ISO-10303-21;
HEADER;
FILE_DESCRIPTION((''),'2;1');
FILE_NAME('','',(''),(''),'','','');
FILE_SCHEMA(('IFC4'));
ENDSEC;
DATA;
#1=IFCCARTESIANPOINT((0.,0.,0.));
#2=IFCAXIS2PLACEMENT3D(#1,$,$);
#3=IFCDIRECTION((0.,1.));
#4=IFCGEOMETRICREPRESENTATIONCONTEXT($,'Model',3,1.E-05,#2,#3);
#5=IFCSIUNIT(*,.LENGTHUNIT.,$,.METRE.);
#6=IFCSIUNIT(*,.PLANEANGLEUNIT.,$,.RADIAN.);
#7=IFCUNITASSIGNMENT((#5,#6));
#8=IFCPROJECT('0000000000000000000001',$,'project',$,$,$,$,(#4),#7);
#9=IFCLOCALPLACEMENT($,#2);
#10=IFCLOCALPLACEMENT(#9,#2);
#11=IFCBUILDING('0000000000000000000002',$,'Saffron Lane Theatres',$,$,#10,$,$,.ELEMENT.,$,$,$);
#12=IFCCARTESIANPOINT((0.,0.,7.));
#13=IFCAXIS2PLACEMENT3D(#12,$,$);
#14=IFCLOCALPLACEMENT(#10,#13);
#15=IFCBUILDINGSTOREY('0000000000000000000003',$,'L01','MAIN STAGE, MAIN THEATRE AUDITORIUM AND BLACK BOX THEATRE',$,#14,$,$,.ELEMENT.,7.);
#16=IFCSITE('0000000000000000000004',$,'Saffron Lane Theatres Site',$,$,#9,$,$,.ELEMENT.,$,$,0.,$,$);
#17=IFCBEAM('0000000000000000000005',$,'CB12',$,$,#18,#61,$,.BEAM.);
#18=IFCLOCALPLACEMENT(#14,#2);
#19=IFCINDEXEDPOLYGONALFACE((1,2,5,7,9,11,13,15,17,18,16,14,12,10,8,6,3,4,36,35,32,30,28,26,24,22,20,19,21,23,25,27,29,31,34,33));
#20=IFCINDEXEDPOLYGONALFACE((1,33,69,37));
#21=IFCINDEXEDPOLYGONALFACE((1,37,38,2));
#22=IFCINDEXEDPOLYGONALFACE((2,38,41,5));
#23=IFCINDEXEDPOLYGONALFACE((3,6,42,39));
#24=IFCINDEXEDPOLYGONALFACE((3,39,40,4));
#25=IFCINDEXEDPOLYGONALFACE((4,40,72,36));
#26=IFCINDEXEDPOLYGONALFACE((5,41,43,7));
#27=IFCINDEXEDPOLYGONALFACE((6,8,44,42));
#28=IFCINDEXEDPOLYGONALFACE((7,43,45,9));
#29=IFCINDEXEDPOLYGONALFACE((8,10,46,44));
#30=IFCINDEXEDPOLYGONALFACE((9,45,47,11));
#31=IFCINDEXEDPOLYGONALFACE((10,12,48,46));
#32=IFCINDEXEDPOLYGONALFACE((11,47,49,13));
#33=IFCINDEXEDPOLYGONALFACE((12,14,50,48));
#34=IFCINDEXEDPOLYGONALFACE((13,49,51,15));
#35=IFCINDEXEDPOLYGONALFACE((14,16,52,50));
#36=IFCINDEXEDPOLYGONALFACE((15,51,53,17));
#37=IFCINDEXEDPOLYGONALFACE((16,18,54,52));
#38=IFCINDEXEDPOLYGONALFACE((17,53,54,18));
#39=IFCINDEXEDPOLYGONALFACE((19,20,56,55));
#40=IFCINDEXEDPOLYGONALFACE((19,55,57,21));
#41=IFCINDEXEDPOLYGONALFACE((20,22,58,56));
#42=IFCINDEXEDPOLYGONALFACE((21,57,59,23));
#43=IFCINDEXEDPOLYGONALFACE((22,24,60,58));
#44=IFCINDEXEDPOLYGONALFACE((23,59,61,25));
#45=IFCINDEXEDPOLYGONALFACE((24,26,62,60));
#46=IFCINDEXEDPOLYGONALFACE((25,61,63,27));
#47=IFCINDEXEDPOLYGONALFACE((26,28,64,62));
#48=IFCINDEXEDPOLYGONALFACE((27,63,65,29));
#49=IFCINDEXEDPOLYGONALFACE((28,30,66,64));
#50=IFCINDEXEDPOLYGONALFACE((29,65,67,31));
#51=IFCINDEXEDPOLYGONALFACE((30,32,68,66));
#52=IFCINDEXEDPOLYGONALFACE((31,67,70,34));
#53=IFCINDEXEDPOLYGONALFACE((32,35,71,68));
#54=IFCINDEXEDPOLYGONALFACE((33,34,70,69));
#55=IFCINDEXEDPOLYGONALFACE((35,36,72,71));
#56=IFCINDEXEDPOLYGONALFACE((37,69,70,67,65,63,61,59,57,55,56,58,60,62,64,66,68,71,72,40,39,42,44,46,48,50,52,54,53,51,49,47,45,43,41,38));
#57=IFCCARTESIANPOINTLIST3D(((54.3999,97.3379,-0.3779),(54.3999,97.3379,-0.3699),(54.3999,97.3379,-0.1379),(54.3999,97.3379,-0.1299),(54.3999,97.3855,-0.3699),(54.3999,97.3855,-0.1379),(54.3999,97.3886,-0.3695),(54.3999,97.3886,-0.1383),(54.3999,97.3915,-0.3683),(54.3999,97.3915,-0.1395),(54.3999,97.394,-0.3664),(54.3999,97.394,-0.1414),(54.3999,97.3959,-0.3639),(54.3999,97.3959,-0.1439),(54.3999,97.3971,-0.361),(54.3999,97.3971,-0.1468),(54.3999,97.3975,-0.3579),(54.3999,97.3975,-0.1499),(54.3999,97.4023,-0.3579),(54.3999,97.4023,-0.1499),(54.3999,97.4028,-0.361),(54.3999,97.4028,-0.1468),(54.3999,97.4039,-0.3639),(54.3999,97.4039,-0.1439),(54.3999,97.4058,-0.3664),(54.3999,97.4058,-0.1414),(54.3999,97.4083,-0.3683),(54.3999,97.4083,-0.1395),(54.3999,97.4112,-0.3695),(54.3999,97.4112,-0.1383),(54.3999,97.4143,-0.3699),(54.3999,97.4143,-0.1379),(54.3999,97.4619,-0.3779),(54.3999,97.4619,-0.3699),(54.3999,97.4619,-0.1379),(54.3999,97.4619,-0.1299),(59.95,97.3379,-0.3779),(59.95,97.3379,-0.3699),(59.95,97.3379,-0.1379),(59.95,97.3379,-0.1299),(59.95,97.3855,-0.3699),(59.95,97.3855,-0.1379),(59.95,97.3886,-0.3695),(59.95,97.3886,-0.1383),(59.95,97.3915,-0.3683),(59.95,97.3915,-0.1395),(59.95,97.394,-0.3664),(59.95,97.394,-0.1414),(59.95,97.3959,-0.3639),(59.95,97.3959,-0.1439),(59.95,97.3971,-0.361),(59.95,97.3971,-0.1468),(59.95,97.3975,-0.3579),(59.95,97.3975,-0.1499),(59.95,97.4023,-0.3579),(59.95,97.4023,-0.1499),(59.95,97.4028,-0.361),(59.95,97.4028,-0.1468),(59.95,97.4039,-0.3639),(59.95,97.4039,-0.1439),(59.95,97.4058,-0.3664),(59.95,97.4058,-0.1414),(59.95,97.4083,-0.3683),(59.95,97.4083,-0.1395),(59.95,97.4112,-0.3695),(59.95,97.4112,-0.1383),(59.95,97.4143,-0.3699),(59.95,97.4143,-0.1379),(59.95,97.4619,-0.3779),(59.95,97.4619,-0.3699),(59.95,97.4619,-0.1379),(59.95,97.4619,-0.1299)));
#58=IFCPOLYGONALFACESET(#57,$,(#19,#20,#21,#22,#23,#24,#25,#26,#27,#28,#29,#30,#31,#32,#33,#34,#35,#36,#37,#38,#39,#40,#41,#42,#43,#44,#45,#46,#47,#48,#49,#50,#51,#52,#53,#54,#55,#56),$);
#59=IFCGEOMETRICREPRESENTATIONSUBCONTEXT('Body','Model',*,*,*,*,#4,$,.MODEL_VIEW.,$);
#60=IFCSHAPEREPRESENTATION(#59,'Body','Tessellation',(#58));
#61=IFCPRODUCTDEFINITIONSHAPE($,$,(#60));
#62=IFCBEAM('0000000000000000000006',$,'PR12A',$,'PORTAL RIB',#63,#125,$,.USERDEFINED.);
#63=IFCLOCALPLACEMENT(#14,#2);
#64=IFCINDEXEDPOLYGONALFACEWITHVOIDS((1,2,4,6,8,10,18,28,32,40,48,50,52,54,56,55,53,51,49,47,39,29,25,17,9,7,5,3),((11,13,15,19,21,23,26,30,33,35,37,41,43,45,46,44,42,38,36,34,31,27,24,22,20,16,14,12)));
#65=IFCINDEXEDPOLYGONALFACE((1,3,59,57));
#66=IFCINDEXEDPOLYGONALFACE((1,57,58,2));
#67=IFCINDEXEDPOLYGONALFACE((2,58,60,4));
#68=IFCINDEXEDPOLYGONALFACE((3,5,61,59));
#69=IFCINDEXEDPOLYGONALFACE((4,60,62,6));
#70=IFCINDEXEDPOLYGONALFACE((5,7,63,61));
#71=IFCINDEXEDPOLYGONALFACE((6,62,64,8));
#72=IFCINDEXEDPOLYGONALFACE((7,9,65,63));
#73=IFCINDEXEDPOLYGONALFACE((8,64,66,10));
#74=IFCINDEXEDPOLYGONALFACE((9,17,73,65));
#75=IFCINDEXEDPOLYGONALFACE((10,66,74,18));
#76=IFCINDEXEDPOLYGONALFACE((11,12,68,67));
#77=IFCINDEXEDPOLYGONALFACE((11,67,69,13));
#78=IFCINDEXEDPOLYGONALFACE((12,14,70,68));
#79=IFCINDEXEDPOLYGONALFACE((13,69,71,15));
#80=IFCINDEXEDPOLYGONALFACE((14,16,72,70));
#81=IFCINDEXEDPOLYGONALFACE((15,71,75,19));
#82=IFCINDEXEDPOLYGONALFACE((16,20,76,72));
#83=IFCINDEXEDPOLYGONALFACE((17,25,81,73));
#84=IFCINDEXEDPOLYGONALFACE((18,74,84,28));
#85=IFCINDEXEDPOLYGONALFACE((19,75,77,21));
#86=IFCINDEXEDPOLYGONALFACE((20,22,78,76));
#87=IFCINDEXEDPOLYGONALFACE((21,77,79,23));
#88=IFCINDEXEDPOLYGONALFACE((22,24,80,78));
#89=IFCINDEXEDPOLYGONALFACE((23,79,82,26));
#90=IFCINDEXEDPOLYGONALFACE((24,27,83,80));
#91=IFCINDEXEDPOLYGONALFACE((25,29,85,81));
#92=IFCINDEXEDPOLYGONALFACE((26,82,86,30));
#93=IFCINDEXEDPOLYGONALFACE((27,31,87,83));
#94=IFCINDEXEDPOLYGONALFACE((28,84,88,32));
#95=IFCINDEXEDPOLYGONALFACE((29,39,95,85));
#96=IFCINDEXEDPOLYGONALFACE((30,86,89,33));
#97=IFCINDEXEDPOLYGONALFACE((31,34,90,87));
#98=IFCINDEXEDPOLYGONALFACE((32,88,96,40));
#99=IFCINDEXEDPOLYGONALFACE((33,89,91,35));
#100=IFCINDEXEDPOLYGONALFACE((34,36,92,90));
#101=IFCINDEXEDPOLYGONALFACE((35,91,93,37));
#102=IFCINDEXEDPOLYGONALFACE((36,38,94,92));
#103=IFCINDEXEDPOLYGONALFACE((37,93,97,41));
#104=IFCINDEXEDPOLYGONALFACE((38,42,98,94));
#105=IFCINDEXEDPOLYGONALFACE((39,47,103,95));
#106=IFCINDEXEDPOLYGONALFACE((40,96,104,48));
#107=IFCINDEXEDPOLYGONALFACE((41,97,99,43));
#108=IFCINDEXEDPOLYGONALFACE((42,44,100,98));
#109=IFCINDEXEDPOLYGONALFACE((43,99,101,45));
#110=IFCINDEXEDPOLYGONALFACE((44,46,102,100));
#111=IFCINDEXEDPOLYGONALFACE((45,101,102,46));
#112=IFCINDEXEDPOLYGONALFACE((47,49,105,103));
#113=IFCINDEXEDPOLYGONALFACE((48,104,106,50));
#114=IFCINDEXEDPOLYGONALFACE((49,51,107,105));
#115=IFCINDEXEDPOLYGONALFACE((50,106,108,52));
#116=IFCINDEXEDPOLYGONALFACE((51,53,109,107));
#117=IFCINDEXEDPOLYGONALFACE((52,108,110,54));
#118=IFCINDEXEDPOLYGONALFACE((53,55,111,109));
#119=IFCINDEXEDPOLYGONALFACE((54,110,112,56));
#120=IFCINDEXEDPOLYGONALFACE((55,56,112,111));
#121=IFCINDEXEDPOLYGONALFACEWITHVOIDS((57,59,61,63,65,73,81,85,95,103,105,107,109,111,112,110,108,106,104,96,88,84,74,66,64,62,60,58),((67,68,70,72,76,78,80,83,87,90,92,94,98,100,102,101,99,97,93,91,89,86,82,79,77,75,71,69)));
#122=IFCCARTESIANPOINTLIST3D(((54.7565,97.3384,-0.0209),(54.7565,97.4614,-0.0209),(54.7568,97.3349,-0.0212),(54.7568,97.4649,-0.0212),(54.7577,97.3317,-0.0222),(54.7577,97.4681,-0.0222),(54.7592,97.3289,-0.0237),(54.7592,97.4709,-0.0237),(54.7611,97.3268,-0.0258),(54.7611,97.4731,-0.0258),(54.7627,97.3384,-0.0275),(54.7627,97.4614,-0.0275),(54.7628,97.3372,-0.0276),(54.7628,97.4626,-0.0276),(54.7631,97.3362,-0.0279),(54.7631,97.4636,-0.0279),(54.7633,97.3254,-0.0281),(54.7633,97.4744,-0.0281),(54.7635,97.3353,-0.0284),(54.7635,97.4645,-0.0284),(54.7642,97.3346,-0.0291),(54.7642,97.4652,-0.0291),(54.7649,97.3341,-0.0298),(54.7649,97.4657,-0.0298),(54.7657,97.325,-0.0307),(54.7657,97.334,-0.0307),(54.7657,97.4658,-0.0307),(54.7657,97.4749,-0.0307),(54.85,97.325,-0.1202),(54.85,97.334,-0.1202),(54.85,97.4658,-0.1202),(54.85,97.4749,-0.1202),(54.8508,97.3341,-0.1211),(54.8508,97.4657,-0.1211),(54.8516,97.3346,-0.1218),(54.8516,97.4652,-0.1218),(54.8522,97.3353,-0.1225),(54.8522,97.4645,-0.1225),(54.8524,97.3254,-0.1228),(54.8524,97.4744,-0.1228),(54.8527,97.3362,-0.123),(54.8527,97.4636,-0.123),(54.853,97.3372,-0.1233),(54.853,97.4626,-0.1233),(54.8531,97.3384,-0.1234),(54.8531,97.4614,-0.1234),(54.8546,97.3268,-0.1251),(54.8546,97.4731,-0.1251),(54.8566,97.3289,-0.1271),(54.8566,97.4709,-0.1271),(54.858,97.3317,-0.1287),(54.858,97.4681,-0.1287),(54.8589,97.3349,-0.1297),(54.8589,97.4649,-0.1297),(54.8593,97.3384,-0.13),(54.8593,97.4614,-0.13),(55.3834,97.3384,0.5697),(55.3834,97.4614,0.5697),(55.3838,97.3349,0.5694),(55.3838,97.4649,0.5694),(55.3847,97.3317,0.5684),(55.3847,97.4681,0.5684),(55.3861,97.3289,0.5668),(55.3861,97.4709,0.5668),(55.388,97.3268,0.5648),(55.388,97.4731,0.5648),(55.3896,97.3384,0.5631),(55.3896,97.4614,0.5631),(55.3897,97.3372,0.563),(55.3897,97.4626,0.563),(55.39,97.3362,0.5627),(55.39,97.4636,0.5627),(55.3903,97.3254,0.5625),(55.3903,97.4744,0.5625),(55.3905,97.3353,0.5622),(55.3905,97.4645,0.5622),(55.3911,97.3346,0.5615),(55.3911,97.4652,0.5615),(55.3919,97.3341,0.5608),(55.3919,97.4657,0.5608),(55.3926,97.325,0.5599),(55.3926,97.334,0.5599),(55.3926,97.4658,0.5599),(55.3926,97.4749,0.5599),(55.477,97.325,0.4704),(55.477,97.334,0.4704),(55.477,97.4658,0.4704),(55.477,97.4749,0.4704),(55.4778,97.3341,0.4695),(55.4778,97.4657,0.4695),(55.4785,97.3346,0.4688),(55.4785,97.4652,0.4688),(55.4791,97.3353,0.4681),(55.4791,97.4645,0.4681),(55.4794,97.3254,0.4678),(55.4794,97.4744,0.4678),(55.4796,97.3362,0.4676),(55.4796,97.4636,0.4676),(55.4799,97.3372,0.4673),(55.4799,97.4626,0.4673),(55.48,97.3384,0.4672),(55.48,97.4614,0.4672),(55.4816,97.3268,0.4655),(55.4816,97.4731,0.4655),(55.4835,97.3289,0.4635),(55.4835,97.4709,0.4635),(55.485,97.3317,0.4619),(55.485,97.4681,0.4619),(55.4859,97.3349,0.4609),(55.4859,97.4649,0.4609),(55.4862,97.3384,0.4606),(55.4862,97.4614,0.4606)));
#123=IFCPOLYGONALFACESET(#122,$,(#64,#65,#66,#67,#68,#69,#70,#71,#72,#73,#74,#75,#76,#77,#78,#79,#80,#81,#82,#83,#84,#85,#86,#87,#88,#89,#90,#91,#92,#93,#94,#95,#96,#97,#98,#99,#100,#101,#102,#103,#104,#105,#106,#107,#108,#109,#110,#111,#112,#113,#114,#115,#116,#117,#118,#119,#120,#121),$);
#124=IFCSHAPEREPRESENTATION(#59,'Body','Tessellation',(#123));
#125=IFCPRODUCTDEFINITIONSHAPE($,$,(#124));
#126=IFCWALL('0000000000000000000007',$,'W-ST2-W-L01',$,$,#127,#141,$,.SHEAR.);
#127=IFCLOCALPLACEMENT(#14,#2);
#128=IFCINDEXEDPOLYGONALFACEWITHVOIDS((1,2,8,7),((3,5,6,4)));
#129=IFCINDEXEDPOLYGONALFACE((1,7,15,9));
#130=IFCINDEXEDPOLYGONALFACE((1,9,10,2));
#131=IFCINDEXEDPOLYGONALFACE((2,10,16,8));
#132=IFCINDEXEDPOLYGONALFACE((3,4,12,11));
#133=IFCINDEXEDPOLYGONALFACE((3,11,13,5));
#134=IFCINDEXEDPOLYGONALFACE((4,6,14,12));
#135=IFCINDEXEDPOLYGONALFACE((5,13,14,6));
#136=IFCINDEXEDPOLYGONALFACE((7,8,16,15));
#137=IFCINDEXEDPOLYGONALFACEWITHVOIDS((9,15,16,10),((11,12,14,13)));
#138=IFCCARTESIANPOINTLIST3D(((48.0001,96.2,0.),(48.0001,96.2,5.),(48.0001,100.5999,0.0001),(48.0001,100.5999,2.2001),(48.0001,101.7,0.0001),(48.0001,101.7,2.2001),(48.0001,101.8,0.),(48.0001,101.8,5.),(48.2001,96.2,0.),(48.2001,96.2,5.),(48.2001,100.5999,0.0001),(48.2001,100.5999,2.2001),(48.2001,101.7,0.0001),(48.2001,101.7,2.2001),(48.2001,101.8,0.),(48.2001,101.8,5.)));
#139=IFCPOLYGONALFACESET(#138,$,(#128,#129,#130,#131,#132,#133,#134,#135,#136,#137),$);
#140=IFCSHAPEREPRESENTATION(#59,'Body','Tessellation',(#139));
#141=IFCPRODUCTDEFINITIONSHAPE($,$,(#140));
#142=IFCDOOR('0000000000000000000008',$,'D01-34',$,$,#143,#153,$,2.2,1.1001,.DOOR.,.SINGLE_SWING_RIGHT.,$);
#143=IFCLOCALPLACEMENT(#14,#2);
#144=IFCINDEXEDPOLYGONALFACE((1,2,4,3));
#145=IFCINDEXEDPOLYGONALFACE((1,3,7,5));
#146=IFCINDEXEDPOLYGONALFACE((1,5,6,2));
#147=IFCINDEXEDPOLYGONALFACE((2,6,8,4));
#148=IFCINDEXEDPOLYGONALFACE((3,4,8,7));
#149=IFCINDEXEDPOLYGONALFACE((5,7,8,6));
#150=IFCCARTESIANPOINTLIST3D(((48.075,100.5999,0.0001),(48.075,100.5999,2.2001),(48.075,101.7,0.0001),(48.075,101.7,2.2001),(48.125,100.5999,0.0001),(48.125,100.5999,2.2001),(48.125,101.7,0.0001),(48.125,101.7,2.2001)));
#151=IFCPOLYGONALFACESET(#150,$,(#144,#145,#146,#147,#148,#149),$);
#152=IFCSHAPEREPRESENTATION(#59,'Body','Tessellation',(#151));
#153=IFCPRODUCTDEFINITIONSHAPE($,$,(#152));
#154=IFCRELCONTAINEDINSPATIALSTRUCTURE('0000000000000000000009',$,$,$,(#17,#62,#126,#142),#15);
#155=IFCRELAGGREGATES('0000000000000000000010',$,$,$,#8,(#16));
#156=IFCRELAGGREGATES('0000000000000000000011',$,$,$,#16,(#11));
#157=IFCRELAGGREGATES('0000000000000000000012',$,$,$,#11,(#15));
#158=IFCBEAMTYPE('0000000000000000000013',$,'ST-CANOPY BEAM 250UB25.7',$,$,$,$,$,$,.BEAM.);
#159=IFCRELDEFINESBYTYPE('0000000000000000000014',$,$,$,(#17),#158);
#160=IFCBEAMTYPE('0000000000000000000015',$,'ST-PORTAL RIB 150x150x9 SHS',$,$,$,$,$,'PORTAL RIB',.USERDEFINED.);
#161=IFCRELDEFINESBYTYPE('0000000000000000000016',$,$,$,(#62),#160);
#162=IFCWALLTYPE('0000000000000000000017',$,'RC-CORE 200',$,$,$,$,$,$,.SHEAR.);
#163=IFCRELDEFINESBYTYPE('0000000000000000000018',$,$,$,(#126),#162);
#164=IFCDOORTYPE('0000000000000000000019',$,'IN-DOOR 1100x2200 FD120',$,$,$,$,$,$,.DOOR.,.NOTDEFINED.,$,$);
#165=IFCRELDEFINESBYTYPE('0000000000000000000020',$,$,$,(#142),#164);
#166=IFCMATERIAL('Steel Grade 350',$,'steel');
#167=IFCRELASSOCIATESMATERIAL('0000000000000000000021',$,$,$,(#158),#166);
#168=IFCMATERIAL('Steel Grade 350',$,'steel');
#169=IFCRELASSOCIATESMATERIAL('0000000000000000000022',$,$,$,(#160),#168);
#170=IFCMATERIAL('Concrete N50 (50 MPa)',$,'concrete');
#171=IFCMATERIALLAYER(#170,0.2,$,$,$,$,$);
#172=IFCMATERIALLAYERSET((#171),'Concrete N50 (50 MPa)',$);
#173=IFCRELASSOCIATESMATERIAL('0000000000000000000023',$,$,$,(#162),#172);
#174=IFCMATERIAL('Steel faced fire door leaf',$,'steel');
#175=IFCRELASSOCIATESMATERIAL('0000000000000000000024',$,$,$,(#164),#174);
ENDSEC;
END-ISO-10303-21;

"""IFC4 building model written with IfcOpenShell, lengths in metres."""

from ifc_helpers import new_model, si_unit, direction, frame, frame_2d, origin, origin_2d, place, context, subcontext, project, spatial, rectangle, hollow_rectangle, i_section, extrude, material, layer, layer_set, material_profile, profile_set, type_object, element, fill, save


model = new_model("IFC4")

# Units and contexts
model_context = context("Model", 3, precision=1e-05, world=origin(), true_north=direction((0.0, 1.0)))
body_context = subcontext(model_context, "Body", "Model", "MODEL_VIEW")
ifc_project = project(units=[si_unit("LENGTHUNIT", "METRE"), si_unit("PLANEANGLEUNIT", "RADIAN")], contexts=[model_context])

# Site, building, storey
site_placement = place(None, origin())
site = spatial("IfcSite", under=ifc_project, at=site_placement, Name="Saffron Lane Theatres Site", CompositionType="ELEMENT", RefElevation=0.0)
building_placement = place(site_placement, origin())
building = spatial("IfcBuilding", under=site, at=building_placement, Name="Saffron Lane Theatres", CompositionType="ELEMENT")
storey_placement = place(building_placement, frame((0.0, 0.0, 7.0)))
storey = spatial("IfcBuildingStorey", under=building, at=storey_placement, Name="L01", Description="MAIN STAGE, MAIN THEATRE AUDITORIUM AND BLACK BOX THEATRE", CompositionType="ELEMENT", Elevation=7.0)

# Beams
ifc_material_1 = material(Name="Steel Grade 350", Category="steel")
ifc_material_profile_1 = material_profile(ifc_material_1, i_section(OverallWidth=0.124, OverallDepth=0.248, WebThickness=0.0049, FlangeThickness=0.0081, FilletRadius=0.012, at=origin_2d()))
ifc_profile_set_1 = profile_set([ifc_material_profile_1], Name="Steel Grade 350")
beam_type_1 = type_object("IfcBeamType", Name="ST-CANOPY BEAM 250UB25.7", PredefinedType="BEAM", material=ifc_profile_set_1)
beam_1_placement = place(storey_placement, frame((54.3999, 97.3999, -0.2539), z_axis=(1.0, 0.0, 0.0), x_axis=(0.0, 1.0, 0.0)))
element("IfcBeam", 1, at=beam_1_placement, inside=storey, type_object=beam_type_1, Name="CB12", PredefinedType="BEAM", context=body_context, shape_type="SweptSolid", body=[
    extrude(i_section(OverallWidth=0.124, OverallDepth=0.248, WebThickness=0.0049, FlangeThickness=0.0081, FilletRadius=0.012, at=origin_2d()), origin(), (0.0, 0.0, 1.0), 5.55),
])
ifc_material_2 = material(Name="Steel Grade 350", Category="steel")
ifc_material_profile_2 = material_profile(ifc_material_2, hollow_rectangle(XDim=0.1499, YDim=0.1499, WallThickness=0.009, InnerFilletRadius=0.0044, OuterFilletRadius=0.0134, at=origin_2d()))
ifc_profile_set_2 = profile_set([ifc_material_profile_2], Name="Steel Grade 350")
beam_type_2 = type_object("IfcBeamType", Name="ST-PORTAL RIB 150x150x9 SHS", ElementType="PORTAL RIB", PredefinedType="USERDEFINED", material=ifc_profile_set_2)
beam_2_placement = place(storey_placement, frame((54.8079, 97.3999, -0.0754), z_axis=(0.727909, 0.0, 0.685674), x_axis=(0.0, 1.0, 0.0)))
element("IfcBeam", 2, at=beam_2_placement, inside=storey, type_object=beam_type_2, Name="PR12A", ObjectType="PORTAL RIB", PredefinedType="USERDEFINED", context=body_context, shape_type="SweptSolid", body=[
    extrude(hollow_rectangle(XDim=0.1499, YDim=0.1499, WallThickness=0.009, InnerFilletRadius=0.0044, OuterFilletRadius=0.0134, at=origin_2d()), origin(), (0.0, 0.0, 1.0), 0.8613),
])

# Wall, opening, door
ifc_material_3 = material(Name="Concrete N50 (50 MPa)", Category="concrete")
ifc_layer_1 = layer(ifc_material_3, 0.2)
ifc_layer_set_1 = layer_set([ifc_layer_1], Name="Concrete N50 (50 MPa)")
wall_type_1 = type_object("IfcWallType", Name="RC-CORE 200", PredefinedType="SHEAR", material=ifc_layer_set_1)
wall_1_placement = place(storey_placement, frame((48.1001, 96.2, 0.0), z_axis=(0.0, 0.0, 1.0), x_axis=(0.0, 1.0, 0.0)))
wall_1 = element("IfcWall", 3, at=wall_1_placement, inside=storey, type_object=wall_type_1, Name="W-ST2-W-L01", PredefinedType="SHEAR", context=body_context, shape_type="SweptSolid", body=[
    extrude(rectangle(XDim=5.6001, YDim=0.2, at=frame_2d((2.8, 0.0))), origin(), (0.0, 0.0, 1.0), 5.0),
])
opening_1_placement = place(wall_1_placement, frame((4.3999, 0.0, 0.0)))
opening_1 = element("IfcOpeningElement", 4, at=opening_1_placement, cuts=wall_1, PredefinedType="OPENING", context=body_context, shape_type="SweptSolid", body=[
    extrude(rectangle(XDim=1.1001, YDim=2.2, at=frame_2d((0.55, 1.1001))), frame((0.0, 0.1099, 0.0), z_axis=(0.0, -1.0, 0.0), x_axis=(1.0, 0.0, 0.0)), (0.0, 0.0, 1.0), 0.22),
])
ifc_material_4 = material(Name="Steel faced fire door leaf", Category="steel")
door_type = type_object("IfcDoorType", Name="IN-DOOR 1100x2200 FD120", OperationType="NOTDEFINED", PredefinedType="DOOR", material=ifc_material_4)
door_placement = place(opening_1_placement, frame((1.1001, 0.0, 0.0), z_axis=(0.0, 0.0, 1.0), x_axis=(-1.0, 0.0, 0.0)))
door = element("IfcDoor", 5, at=door_placement, inside=storey, type_object=door_type, Name="D01-34", OperationType="SINGLE_SWING_RIGHT", OverallHeight=2.2, OverallWidth=1.1001, PredefinedType="DOOR", context=body_context, shape_type="SweptSolid", body=[
    extrude(rectangle(XDim=1.1001, YDim=2.2, at=frame_2d((0.55, 1.1001))), frame((0.0, 0.0249, 0.0), z_axis=(0.0, -1.0, 0.0), x_axis=(1.0, 0.0, 0.0)), (0.0, 0.0, 1.0), 0.05),
])
fill(opening_1, door)

save(model, "model.ifc")
